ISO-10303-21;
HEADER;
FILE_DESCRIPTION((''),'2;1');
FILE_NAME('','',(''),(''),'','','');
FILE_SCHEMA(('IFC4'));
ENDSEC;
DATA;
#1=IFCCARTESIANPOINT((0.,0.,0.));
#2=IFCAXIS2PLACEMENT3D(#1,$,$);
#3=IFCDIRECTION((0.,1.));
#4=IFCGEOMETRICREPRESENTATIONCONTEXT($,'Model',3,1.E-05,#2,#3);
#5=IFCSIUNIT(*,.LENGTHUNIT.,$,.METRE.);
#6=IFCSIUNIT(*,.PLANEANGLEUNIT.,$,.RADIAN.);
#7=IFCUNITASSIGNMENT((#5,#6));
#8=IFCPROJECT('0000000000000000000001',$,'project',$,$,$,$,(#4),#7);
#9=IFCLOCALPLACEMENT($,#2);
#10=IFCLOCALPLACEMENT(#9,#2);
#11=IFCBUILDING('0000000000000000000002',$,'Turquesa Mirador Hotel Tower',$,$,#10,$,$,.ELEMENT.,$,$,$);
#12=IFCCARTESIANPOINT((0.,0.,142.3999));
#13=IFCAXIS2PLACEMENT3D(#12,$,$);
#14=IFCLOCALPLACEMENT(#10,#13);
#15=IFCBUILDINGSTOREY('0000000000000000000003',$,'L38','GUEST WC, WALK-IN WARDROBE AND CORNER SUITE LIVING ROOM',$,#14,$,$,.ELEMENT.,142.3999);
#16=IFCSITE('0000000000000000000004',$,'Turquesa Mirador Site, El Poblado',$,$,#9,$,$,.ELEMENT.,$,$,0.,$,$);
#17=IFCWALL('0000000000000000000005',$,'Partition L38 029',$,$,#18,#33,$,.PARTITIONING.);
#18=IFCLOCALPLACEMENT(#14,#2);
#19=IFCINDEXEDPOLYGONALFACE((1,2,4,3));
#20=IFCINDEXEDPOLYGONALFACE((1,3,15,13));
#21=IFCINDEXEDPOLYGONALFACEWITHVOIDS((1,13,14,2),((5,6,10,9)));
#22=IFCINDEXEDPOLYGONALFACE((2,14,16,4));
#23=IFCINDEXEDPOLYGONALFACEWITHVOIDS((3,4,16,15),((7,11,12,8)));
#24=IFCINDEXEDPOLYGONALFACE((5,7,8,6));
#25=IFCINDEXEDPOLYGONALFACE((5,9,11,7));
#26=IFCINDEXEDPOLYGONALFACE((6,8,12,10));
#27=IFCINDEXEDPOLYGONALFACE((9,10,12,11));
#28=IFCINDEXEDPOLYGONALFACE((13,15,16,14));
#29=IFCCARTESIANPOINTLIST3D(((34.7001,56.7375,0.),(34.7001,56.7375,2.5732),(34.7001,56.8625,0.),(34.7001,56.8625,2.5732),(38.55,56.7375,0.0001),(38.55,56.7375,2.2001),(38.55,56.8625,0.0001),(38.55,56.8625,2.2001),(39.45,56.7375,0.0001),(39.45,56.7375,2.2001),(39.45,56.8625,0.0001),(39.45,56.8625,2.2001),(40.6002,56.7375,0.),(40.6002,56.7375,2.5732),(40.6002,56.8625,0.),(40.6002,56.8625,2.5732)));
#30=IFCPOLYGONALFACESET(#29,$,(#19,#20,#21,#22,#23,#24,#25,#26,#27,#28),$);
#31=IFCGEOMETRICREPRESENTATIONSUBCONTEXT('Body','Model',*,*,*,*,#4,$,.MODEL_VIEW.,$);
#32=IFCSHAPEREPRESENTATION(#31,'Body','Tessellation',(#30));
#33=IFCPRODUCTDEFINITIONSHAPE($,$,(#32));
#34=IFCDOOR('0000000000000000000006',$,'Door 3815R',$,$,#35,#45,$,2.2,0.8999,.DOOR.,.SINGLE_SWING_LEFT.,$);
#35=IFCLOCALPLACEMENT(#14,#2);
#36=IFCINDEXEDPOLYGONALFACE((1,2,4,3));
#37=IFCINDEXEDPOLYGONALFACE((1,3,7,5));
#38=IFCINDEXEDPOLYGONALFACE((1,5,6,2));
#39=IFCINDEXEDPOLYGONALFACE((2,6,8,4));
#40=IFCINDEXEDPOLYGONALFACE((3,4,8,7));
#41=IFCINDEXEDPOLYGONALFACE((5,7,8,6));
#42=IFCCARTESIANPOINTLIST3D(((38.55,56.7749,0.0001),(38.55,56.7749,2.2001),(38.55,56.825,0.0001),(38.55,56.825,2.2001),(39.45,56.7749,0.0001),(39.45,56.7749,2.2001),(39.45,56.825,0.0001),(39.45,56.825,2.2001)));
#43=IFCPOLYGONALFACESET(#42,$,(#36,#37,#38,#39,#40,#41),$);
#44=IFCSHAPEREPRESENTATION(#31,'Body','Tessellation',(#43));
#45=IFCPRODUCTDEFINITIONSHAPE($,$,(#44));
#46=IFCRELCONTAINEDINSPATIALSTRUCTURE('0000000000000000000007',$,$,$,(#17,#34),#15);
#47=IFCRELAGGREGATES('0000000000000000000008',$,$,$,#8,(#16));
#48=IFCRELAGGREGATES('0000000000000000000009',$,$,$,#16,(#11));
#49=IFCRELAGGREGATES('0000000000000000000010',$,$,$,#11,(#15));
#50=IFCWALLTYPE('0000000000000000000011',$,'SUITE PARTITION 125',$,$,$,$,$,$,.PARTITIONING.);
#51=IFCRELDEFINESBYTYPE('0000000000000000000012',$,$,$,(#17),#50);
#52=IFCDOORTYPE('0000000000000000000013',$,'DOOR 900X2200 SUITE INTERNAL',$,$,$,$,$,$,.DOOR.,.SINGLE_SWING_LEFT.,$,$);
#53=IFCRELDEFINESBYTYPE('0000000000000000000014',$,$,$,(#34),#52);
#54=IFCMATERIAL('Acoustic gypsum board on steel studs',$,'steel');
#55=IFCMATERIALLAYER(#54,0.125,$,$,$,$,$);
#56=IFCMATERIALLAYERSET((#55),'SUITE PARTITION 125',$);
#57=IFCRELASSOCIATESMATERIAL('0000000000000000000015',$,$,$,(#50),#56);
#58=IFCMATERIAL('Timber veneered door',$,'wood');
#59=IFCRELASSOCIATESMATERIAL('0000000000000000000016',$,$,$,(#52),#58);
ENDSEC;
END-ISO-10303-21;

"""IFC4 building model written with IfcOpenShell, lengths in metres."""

from ifc_helpers import new_model, si_unit, direction, frame, frame_2d, origin, place, context, subcontext, project, spatial, rectangle, extrude, material, layer, layer_set, type_object, element, fill, save


model = new_model("IFC4")

# Units and contexts
model_context = context("Model", 3, precision=1e-05, world=origin(), true_north=direction((0.0, 1.0)))
body_context = subcontext(model_context, "Body", "Model", "MODEL_VIEW")
ifc_project = project(units=[si_unit("LENGTHUNIT", "METRE"), si_unit("PLANEANGLEUNIT", "RADIAN")], contexts=[model_context])

# Site, building, storey
site_placement = place(None, origin())
site = spatial("IfcSite", under=ifc_project, at=site_placement, Name="Turquesa Mirador Site, El Poblado", CompositionType="ELEMENT", RefElevation=0.0)
building_placement = place(site_placement, origin())
building = spatial("IfcBuilding", under=site, at=building_placement, Name="Turquesa Mirador Hotel Tower", CompositionType="ELEMENT")
storey_placement = place(building_placement, frame((0.0, 0.0, 142.3999)))
storey = spatial("IfcBuildingStorey", under=building, at=storey_placement, Name="L38", Description="GUEST WC, WALK-IN WARDROBE AND CORNER SUITE LIVING ROOM", CompositionType="ELEMENT", Elevation=142.3999)

# Wall, opening, door
ifc_material_1 = material(Name="Acoustic gypsum board on steel studs", Category="steel")
ifc_layer_1 = layer(ifc_material_1, 0.125)
ifc_layer_set_1 = layer_set([ifc_layer_1], Name="SUITE PARTITION 125")
wall_type_1 = type_object("IfcWallType", Name="SUITE PARTITION 125", PredefinedType="PARTITIONING", material=ifc_layer_set_1)
wall_1_placement = place(storey_placement, frame((34.7, 56.8, 0.0), z_axis=(0.0, 0.0, 1.0), x_axis=(1.0, 0.0, 0.0)))
wall_1 = element("IfcWall", 1, at=wall_1_placement, inside=storey, type_object=wall_type_1, Name="Partition L38 029", PredefinedType="PARTITIONING", context=body_context, shape_type="SweptSolid", body=[
    extrude(rectangle(XDim=5.9001, YDim=0.125, at=frame_2d((2.9502, 0.0))), origin(), (0.0, 0.0, 1.0), 2.5732),
])
opening_1_placement = place(wall_1_placement, frame((3.8501, 0.0, 0.0)))
opening_1 = element("IfcOpeningElement", 2, at=opening_1_placement, cuts=wall_1, PredefinedType="OPENING", context=body_context, shape_type="SweptSolid", body=[
    extrude(rectangle(XDim=0.8999, YDim=2.2, at=frame_2d((0.45, 1.1001))), frame((0.0, 0.0725, 0.0), z_axis=(0.0, -1.0, 0.0), x_axis=(1.0, 0.0, 0.0)), (0.0, 0.0, 1.0), 0.145),
])
ifc_material_2 = material(Name="Timber veneered door", Category="wood")
door_type_1 = type_object("IfcDoorType", Name="DOOR 900X2200 SUITE INTERNAL", OperationType="SINGLE_SWING_LEFT", PredefinedType="DOOR", material=ifc_material_2)
door_1_placement = place(opening_1_placement, origin())
door_1 = element("IfcDoor", 3, at=door_1_placement, inside=storey, type_object=door_type_1, Name="Door 3815R", OperationType="SINGLE_SWING_LEFT", OverallHeight=2.2, OverallWidth=0.8999, PredefinedType="DOOR", context=body_context, shape_type="SweptSolid", body=[
    extrude(rectangle(XDim=0.8999, YDim=2.2, at=frame_2d((0.45, 1.1001))), frame((0.0, 0.0249, 0.0), z_axis=(0.0, -1.0, 0.0), x_axis=(1.0, 0.0, 0.0)), (0.0, 0.0, 1.0), 0.05),
])
fill(opening_1, door_1)

save(model, "model.ifc")
